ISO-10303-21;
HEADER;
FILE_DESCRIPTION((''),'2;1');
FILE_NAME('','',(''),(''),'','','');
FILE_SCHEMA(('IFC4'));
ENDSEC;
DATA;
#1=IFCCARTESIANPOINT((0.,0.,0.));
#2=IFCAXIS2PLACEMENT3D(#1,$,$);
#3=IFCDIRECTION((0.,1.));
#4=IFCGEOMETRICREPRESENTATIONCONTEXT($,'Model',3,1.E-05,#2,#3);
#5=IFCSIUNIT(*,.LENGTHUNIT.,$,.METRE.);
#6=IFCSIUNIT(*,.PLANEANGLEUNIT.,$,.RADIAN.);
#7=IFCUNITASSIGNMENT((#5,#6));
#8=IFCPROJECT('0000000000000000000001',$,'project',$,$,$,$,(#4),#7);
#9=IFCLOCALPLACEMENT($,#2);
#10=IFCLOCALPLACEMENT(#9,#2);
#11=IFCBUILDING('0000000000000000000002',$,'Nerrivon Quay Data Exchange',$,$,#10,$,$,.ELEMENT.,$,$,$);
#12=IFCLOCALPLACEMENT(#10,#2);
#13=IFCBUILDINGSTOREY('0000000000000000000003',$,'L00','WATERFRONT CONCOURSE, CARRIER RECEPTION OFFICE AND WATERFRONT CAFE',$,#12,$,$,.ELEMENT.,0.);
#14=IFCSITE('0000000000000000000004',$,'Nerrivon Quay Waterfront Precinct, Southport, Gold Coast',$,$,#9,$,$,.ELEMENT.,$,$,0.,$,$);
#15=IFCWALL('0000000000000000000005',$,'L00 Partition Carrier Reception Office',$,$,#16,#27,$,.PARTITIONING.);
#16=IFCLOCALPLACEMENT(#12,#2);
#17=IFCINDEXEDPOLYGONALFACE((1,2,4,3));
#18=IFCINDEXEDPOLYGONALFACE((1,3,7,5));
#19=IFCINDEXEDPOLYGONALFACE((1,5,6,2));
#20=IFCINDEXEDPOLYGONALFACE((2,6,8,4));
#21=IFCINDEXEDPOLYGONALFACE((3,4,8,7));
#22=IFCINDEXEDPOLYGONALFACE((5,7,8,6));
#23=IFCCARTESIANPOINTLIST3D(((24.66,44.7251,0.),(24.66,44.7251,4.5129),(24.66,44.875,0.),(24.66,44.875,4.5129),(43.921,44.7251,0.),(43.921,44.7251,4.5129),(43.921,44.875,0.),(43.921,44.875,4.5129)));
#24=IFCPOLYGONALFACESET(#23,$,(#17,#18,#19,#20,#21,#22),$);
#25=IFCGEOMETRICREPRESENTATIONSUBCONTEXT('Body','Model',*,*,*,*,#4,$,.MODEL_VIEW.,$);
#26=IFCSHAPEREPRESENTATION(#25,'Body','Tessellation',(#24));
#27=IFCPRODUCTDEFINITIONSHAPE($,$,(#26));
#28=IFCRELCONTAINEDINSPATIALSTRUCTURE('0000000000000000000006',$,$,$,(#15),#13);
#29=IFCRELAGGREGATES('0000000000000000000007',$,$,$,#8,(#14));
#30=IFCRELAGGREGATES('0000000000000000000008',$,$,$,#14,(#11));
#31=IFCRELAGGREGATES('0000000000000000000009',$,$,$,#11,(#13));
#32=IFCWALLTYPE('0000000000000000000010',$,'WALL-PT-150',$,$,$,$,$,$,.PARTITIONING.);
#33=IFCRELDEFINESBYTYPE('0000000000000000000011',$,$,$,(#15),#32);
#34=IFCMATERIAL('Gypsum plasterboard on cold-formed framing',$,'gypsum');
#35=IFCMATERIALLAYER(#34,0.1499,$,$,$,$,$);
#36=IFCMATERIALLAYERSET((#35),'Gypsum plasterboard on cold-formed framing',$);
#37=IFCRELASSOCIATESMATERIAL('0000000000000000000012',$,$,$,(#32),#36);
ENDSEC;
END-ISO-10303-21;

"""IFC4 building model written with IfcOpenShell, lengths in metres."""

from ifc_helpers import new_model, si_unit, direction, frame, frame_2d, origin, place, context, subcontext, project, spatial, rectangle, extrude, material, layer, layer_set, type_object, element, save


model = new_model("IFC4")

# Units and contexts
model_context = context("Model", 3, precision=1e-05, world=origin(), true_north=direction((0.0, 1.0)))
body_context = subcontext(model_context, "Body", "Model", "MODEL_VIEW")
ifc_project = project(units=[si_unit("LENGTHUNIT", "METRE"), si_unit("PLANEANGLEUNIT", "RADIAN")], contexts=[model_context])

# Site, building, storey
site_placement = place(None, origin())
site = spatial("IfcSite", under=ifc_project, at=site_placement, Name="Nerrivon Quay Waterfront Precinct, Southport, Gold Coast", CompositionType="ELEMENT", RefElevation=0.0)
building_placement = place(site_placement, origin())
building = spatial("IfcBuilding", under=site, at=building_placement, Name="Nerrivon Quay Data Exchange", CompositionType="ELEMENT")
storey_placement = place(building_placement, origin())
storey = spatial("IfcBuildingStorey", under=building, at=storey_placement, Name="L00", Description="WATERFRONT CONCOURSE, CARRIER RECEPTION OFFICE AND WATERFRONT CAFE", CompositionType="ELEMENT", Elevation=0.0)

# Wall
ifc_material_1 = material(Name="Gypsum plasterboard on cold-formed framing", Category="gypsum")
ifc_layer_1 = layer(ifc_material_1, 0.1499)
ifc_layer_set_1 = layer_set([ifc_layer_1], Name="Gypsum plasterboard on cold-formed framing")
wall_type_1 = type_object("IfcWallType", Name="WALL-PT-150", PredefinedType="PARTITIONING", material=ifc_layer_set_1)
wall_1_placement = place(storey_placement, frame((43.9209, 44.8, 0.0), z_axis=(0.0, 0.0, 1.0), x_axis=(-1.0, 0.0, 0.0)))
element("IfcWall", 1, at=wall_1_placement, inside=storey, type_object=wall_type_1, Name="L00 Partition Carrier Reception Office", PredefinedType="PARTITIONING", context=body_context, shape_type="SweptSolid", body=[
    extrude(rectangle(XDim=19.261, YDim=0.1499, at=frame_2d((9.6304, 0.0))), origin(), (0.0, 0.0, 1.0), 4.5129),
])

save(model, "model.ifc")
